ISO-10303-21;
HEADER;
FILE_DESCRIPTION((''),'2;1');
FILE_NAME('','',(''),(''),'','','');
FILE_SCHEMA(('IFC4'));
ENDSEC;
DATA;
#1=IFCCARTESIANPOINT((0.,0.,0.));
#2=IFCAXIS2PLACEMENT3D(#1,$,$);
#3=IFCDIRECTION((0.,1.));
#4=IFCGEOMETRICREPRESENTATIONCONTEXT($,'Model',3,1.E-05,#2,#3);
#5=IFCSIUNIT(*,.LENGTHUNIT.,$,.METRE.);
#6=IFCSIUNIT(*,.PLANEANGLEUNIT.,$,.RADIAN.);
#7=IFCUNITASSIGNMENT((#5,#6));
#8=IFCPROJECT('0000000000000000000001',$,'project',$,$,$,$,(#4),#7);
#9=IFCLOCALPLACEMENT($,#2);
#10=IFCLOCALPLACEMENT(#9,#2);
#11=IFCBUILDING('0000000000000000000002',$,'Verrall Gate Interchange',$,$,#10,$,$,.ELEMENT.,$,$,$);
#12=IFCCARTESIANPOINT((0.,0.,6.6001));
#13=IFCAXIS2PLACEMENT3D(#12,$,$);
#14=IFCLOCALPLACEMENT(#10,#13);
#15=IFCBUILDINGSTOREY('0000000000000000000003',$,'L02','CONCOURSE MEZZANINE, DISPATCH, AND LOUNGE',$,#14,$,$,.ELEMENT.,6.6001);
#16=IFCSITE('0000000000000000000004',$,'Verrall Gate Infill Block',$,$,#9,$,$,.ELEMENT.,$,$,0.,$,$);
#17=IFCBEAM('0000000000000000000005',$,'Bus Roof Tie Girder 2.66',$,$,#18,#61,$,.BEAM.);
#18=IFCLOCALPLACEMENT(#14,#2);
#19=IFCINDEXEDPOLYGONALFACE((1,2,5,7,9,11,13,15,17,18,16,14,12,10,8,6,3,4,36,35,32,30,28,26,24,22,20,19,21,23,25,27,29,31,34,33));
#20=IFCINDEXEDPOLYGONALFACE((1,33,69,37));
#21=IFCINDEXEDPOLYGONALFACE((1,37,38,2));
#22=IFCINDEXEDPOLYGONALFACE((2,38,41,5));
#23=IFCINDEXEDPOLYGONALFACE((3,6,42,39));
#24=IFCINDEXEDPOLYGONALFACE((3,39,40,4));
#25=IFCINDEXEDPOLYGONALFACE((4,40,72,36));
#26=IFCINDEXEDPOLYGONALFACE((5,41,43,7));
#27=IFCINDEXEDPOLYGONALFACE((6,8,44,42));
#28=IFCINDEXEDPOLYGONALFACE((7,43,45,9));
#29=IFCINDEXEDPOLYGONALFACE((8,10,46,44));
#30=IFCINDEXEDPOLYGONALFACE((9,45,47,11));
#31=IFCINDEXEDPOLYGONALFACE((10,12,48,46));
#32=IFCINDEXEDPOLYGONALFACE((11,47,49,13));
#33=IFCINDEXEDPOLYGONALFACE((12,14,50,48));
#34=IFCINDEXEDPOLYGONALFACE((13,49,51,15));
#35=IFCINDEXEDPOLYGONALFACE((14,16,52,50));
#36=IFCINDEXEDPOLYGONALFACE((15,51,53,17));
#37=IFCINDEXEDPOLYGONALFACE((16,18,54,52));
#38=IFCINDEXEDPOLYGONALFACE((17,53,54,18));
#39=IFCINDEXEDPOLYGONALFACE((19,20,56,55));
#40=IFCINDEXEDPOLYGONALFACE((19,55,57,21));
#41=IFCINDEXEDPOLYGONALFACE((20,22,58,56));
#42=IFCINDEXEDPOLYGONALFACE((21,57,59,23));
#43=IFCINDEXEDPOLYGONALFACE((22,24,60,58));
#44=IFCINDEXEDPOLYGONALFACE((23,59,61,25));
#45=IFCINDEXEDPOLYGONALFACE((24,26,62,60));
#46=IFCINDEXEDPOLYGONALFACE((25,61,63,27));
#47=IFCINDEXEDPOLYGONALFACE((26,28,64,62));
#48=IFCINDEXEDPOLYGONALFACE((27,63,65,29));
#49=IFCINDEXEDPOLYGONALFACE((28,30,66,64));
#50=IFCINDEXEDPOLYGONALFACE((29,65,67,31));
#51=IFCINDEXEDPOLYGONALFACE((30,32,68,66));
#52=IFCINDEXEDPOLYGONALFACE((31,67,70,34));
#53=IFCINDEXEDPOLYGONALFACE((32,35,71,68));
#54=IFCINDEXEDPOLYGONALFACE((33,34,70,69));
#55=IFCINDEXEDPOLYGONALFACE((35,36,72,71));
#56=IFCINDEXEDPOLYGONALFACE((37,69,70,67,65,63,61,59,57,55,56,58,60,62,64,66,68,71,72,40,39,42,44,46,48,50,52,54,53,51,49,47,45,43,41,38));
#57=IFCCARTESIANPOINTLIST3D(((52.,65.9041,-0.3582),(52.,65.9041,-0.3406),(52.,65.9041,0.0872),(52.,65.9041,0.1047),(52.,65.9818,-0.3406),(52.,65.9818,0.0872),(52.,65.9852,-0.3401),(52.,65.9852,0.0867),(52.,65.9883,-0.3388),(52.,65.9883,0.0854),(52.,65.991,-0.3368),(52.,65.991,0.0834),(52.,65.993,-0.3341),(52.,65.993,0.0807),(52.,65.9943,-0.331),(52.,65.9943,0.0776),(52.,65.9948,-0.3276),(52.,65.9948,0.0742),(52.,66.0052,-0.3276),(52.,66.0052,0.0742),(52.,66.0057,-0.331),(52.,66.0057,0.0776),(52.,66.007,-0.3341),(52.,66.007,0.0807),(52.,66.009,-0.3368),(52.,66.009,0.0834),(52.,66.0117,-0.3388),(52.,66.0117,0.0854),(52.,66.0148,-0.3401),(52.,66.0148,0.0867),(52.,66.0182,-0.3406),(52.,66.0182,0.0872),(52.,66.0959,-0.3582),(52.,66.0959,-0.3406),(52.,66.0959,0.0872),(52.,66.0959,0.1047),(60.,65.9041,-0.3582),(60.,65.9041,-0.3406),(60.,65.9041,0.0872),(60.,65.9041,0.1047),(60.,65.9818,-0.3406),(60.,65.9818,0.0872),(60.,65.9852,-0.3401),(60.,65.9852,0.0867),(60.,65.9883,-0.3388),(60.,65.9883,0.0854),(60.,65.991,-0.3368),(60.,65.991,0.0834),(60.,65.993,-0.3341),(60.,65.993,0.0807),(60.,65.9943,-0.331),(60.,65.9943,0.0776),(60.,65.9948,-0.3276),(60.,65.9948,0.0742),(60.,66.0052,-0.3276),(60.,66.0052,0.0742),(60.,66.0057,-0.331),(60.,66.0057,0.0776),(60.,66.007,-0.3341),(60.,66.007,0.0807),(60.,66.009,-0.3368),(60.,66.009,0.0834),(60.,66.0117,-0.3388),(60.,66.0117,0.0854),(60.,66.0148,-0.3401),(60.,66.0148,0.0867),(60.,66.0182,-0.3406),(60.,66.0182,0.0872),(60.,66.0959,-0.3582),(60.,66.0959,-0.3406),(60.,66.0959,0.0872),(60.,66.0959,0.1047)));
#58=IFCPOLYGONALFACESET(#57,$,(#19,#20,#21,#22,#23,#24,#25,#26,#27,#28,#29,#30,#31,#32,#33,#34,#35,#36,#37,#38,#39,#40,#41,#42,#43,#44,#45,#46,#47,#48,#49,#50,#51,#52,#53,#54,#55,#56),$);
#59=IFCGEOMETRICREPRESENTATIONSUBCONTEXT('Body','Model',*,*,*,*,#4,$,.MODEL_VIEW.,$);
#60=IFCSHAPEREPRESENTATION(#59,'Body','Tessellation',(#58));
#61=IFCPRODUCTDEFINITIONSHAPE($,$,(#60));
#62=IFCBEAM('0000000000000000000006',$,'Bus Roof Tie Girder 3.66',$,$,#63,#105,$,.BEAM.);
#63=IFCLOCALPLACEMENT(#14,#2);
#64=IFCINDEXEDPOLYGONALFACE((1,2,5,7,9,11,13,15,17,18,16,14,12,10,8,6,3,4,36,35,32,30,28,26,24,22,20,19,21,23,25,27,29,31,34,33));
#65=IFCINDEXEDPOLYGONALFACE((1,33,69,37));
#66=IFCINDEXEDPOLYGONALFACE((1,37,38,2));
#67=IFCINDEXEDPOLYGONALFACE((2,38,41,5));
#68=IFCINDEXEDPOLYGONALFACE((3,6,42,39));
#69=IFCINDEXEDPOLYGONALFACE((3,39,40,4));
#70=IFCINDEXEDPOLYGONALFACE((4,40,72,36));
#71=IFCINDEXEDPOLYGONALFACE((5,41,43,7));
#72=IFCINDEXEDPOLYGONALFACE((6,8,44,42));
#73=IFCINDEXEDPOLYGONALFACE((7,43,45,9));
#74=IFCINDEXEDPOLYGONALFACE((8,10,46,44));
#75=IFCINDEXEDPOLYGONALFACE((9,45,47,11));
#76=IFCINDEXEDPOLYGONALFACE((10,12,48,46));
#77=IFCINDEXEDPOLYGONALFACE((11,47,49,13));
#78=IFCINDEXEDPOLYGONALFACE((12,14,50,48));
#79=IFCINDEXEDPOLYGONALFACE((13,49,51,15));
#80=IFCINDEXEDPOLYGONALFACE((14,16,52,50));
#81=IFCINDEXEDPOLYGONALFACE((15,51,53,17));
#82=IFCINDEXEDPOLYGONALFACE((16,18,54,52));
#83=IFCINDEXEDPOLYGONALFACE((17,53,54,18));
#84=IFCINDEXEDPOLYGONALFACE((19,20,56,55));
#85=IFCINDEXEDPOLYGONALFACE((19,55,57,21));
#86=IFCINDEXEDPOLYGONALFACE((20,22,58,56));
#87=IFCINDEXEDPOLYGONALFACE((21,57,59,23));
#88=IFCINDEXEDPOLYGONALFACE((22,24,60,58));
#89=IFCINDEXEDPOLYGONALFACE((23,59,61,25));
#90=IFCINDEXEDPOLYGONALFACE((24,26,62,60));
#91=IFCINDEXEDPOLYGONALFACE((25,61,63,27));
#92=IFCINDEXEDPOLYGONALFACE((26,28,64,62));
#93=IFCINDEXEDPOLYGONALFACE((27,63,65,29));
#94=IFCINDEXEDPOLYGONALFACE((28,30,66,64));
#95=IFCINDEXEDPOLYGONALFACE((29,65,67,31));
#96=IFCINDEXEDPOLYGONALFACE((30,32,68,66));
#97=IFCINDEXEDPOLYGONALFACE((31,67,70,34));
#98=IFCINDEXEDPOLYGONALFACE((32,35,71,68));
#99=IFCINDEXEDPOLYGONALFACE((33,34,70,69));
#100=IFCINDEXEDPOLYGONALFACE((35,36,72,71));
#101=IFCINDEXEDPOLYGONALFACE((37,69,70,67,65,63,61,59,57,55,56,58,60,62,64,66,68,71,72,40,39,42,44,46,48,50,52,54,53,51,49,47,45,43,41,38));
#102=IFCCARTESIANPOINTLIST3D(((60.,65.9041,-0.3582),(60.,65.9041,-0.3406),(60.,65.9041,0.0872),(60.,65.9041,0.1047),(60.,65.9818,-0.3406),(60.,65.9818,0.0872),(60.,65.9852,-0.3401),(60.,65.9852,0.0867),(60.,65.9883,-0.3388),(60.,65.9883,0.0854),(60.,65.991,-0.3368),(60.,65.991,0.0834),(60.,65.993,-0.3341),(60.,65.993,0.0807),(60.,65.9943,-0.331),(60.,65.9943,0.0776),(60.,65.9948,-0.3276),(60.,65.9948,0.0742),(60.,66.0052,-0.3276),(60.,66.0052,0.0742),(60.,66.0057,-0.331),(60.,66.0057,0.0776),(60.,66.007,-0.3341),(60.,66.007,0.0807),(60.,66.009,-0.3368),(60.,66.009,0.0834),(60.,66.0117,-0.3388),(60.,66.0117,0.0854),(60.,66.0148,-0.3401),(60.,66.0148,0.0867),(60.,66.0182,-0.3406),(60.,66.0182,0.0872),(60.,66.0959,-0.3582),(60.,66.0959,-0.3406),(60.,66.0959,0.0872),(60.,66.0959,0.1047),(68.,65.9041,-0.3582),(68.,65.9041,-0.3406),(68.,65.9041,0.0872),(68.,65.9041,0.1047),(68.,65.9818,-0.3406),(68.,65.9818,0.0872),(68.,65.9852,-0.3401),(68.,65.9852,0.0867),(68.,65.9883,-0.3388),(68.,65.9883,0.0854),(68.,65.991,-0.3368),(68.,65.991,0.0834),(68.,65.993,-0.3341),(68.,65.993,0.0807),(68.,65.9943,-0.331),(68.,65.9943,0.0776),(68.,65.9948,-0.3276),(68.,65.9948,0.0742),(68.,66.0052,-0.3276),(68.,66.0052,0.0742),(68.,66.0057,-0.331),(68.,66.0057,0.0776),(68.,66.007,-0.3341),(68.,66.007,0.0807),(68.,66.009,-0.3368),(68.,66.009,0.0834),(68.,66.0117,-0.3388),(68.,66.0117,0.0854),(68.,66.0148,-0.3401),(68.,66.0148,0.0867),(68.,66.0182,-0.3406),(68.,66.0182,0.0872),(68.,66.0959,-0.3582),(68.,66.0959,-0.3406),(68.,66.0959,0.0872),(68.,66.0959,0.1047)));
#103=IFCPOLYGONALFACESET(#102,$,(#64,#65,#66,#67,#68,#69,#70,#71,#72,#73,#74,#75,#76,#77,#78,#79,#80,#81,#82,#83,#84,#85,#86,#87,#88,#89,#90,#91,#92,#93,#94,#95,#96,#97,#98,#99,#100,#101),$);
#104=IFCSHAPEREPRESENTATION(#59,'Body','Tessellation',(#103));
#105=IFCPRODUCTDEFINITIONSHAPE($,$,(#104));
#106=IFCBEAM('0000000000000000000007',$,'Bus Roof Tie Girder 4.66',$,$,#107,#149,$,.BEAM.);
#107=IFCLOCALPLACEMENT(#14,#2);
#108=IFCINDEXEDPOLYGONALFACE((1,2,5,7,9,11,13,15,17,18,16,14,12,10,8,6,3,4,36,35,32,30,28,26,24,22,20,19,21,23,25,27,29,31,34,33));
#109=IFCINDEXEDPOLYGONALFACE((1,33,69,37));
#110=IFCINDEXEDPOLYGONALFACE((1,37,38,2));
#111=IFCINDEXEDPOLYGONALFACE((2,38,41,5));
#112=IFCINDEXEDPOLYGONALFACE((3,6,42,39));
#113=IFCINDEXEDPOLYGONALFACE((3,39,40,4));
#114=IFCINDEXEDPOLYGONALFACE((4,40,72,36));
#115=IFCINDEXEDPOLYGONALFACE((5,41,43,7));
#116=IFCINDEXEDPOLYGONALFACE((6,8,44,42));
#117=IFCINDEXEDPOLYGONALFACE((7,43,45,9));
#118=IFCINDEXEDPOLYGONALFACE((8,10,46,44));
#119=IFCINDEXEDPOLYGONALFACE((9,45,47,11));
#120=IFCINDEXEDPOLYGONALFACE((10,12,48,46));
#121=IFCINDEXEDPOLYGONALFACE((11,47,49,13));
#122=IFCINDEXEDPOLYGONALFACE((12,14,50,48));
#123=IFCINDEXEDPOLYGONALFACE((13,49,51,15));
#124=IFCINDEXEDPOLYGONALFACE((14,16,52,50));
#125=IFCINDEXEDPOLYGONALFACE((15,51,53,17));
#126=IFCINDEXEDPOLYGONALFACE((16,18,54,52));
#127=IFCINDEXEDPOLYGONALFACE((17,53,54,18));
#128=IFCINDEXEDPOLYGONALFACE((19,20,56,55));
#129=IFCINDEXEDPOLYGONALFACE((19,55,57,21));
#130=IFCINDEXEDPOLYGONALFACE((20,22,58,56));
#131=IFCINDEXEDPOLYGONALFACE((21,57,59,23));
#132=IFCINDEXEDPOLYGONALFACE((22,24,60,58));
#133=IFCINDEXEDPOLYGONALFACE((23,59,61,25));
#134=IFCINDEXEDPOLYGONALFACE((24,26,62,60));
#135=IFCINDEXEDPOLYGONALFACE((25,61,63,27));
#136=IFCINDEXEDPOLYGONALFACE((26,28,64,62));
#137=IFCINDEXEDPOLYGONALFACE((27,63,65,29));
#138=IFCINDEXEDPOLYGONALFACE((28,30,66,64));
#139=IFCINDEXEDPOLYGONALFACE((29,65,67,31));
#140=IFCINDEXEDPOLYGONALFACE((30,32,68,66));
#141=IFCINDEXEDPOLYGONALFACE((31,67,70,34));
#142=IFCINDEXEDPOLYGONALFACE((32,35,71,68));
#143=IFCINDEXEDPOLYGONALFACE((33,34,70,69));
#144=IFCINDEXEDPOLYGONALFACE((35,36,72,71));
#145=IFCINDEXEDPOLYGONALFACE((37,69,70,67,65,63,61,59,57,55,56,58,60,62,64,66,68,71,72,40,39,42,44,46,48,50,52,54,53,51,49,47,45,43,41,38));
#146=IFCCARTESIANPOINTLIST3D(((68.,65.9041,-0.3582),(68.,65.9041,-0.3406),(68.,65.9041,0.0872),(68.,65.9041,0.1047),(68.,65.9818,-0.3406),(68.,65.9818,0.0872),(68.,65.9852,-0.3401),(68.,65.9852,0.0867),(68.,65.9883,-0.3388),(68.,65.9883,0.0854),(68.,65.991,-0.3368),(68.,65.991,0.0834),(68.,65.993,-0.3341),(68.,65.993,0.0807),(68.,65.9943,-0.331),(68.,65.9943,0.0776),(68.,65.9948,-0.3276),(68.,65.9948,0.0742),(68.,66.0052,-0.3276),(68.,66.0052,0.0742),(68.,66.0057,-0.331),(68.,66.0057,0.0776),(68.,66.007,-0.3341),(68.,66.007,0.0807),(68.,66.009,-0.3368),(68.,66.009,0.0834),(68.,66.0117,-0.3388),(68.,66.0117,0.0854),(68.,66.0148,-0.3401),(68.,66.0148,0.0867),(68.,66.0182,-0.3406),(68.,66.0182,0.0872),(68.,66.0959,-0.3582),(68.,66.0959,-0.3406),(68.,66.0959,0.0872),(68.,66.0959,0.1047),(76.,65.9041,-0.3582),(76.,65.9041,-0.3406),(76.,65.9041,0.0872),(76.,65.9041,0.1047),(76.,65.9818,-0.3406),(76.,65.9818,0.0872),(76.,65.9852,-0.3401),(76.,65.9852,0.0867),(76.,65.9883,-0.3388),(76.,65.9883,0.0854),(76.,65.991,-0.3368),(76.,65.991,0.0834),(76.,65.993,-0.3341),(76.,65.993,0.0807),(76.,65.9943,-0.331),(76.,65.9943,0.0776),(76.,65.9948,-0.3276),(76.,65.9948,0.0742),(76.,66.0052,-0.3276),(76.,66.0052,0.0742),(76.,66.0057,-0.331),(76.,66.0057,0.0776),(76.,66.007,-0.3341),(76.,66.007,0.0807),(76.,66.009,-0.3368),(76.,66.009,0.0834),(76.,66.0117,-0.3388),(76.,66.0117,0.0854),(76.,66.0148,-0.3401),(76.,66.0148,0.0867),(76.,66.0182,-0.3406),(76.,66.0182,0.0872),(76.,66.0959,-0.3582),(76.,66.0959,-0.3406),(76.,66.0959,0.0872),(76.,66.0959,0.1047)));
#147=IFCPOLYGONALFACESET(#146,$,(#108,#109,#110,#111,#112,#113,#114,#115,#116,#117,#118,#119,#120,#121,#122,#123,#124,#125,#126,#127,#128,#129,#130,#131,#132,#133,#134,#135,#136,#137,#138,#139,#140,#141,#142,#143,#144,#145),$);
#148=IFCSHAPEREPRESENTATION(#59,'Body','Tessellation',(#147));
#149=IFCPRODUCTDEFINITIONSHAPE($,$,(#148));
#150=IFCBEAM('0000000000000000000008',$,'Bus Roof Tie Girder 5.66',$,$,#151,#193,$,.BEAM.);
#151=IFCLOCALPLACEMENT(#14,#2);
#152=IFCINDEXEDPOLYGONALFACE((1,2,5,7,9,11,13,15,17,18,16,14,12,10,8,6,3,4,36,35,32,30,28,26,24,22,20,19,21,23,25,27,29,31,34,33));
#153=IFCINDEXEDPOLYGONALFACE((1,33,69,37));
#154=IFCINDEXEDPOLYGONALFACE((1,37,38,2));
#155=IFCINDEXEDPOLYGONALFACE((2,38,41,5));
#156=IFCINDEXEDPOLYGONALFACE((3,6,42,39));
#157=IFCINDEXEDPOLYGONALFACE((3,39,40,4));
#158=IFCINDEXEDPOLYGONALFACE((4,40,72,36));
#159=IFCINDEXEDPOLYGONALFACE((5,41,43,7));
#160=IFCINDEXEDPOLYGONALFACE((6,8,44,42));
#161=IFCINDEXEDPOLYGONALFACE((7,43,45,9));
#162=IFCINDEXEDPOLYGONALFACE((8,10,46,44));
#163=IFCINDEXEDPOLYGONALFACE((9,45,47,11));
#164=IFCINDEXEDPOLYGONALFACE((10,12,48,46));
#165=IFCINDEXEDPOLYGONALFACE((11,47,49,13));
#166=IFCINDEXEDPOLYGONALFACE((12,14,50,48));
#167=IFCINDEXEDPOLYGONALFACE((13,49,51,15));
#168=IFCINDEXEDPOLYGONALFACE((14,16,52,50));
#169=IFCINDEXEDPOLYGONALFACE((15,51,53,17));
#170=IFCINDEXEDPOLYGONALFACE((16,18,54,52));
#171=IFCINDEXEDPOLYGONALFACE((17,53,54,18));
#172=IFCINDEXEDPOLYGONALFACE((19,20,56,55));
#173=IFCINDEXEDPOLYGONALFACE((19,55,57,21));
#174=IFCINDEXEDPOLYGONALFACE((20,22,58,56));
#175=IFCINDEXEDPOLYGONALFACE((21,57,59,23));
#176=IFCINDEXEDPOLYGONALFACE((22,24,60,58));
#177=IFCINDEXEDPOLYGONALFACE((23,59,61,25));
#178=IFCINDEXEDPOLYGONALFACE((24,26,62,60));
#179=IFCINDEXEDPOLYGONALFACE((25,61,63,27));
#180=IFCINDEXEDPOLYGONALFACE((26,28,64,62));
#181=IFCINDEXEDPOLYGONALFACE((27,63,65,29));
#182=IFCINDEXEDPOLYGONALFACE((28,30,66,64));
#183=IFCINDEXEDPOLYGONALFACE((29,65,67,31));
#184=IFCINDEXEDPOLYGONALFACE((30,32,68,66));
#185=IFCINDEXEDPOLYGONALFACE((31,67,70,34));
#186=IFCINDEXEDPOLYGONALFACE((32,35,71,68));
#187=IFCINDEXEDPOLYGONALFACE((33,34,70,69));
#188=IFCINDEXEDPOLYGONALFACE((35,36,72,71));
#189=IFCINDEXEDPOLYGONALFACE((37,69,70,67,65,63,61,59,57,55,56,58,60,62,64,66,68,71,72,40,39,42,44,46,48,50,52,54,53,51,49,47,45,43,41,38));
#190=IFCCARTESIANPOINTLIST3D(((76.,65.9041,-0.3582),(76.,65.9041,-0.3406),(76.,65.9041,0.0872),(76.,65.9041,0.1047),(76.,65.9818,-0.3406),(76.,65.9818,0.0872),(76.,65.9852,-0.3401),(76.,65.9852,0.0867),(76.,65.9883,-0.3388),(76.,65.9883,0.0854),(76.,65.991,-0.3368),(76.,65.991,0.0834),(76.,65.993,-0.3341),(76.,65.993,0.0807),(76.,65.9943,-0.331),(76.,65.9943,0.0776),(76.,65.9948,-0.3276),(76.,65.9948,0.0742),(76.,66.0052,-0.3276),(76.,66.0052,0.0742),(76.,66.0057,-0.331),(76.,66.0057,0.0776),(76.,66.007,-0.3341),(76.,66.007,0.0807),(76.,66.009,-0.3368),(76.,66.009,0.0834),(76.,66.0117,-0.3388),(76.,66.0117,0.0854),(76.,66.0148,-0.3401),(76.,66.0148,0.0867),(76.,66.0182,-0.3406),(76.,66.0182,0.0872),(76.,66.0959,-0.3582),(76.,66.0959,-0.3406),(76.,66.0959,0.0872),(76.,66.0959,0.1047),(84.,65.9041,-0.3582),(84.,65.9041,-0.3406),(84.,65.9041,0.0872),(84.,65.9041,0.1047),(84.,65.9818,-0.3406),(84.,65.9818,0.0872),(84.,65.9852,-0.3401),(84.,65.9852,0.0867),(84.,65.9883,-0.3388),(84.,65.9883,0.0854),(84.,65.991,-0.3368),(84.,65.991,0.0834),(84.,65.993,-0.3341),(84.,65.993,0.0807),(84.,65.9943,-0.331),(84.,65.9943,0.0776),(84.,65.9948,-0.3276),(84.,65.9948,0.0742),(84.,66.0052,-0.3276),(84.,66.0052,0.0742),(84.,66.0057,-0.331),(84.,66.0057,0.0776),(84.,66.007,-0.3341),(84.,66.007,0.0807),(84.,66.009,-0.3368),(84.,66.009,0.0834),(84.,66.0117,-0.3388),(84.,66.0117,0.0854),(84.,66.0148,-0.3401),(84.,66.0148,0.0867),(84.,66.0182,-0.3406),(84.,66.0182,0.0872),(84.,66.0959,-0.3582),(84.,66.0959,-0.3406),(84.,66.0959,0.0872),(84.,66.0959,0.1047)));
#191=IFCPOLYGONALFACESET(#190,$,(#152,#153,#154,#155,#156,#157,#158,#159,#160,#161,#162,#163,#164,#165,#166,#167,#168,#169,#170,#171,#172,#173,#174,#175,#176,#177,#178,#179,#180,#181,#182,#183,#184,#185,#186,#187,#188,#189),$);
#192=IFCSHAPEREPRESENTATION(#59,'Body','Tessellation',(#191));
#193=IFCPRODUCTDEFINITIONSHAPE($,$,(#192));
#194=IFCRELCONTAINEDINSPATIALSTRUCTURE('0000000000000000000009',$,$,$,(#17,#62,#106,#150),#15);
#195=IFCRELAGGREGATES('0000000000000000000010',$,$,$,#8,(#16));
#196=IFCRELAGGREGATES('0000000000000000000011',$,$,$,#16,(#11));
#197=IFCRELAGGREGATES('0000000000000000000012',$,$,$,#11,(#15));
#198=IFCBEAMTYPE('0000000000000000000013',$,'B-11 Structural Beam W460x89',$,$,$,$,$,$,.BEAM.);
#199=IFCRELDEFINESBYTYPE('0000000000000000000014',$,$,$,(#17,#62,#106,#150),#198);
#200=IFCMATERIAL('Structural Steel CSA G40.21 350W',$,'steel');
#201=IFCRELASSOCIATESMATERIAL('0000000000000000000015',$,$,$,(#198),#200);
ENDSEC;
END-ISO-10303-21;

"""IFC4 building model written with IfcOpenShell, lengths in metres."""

from ifc_helpers import new_model, si_unit, direction, frame, origin, origin_2d, place, context, subcontext, project, spatial, i_section, extrude, material, material_profile, profile_set, type_object, element, save


model = new_model("IFC4")

# Units and contexts
model_context = context("Model", 3, precision=1e-05, world=origin(), true_north=direction((0.0, 1.0)))
body_context = subcontext(model_context, "Body", "Model", "MODEL_VIEW")
ifc_project = project(units=[si_unit("LENGTHUNIT", "METRE"), si_unit("PLANEANGLEUNIT", "RADIAN")], contexts=[model_context])

# Site, building, storey
site_placement = place(None, origin())
site = spatial("IfcSite", under=ifc_project, at=site_placement, Name="Verrall Gate Infill Block", CompositionType="ELEMENT", RefElevation=0.0)
building_placement = place(site_placement, origin())
building = spatial("IfcBuilding", under=site, at=building_placement, Name="Verrall Gate Interchange", CompositionType="ELEMENT")
storey_placement = place(building_placement, frame((0.0, 0.0, 6.6001)))
storey = spatial("IfcBuildingStorey", under=building, at=storey_placement, Name="L02", Description="CONCOURSE MEZZANINE, DISPATCH, AND LOUNGE", CompositionType="ELEMENT", Elevation=6.6001)

# Beams
ifc_material_1 = material(Name="Structural Steel CSA G40.21 350W", Category="steel")
ifc_material_profile_1 = material_profile(ifc_material_1, i_section(OverallWidth=0.1919, OverallDepth=0.4629, WebThickness=0.0105, FlangeThickness=0.0176, FilletRadius=0.0129, at=origin_2d()), Name="W460x89")
ifc_profile_set_1 = profile_set([ifc_material_profile_1], Name="Structural Steel CSA G40.21 350W")
beam_type_1 = type_object("IfcBeamType", Name="B-11 Structural Beam W460x89", PredefinedType="BEAM", material=ifc_profile_set_1)
for number, where, z_axis, x_axis, name in (
    (1, (52.0, 66.0, -0.1267), (1.0, 0.0, 0.0), (0.0, 1.0, 0.0), "Bus Roof Tie Girder 2.66"),
    (2, (60.0, 66.0, -0.1267), (1.0, 0.0, 0.0), (0.0, 1.0, 0.0), "Bus Roof Tie Girder 3.66"),
    (3, (68.0, 66.0, -0.1267), (1.0, 0.0, 0.0), (0.0, 1.0, 0.0), "Bus Roof Tie Girder 4.66"),
    (4, (76.0, 66.0, -0.1267), (1.0, 0.0, 0.0), (0.0, 1.0, 0.0), "Bus Roof Tie Girder 5.66"),
):
    element("IfcBeam", number, at=place(storey_placement, frame(where, z_axis=z_axis, x_axis=x_axis)), inside=storey, type_object=beam_type_1, Name=name, PredefinedType="BEAM", context=body_context, shape_type="SweptSolid", body=[
        extrude(i_section(OverallWidth=0.1919, OverallDepth=0.4629, WebThickness=0.0105, FlangeThickness=0.0176, FilletRadius=0.0129, at=origin_2d()), origin(), (0.0, 0.0, 1.0), 8.0),
    ])

save(model, "model.ifc")
